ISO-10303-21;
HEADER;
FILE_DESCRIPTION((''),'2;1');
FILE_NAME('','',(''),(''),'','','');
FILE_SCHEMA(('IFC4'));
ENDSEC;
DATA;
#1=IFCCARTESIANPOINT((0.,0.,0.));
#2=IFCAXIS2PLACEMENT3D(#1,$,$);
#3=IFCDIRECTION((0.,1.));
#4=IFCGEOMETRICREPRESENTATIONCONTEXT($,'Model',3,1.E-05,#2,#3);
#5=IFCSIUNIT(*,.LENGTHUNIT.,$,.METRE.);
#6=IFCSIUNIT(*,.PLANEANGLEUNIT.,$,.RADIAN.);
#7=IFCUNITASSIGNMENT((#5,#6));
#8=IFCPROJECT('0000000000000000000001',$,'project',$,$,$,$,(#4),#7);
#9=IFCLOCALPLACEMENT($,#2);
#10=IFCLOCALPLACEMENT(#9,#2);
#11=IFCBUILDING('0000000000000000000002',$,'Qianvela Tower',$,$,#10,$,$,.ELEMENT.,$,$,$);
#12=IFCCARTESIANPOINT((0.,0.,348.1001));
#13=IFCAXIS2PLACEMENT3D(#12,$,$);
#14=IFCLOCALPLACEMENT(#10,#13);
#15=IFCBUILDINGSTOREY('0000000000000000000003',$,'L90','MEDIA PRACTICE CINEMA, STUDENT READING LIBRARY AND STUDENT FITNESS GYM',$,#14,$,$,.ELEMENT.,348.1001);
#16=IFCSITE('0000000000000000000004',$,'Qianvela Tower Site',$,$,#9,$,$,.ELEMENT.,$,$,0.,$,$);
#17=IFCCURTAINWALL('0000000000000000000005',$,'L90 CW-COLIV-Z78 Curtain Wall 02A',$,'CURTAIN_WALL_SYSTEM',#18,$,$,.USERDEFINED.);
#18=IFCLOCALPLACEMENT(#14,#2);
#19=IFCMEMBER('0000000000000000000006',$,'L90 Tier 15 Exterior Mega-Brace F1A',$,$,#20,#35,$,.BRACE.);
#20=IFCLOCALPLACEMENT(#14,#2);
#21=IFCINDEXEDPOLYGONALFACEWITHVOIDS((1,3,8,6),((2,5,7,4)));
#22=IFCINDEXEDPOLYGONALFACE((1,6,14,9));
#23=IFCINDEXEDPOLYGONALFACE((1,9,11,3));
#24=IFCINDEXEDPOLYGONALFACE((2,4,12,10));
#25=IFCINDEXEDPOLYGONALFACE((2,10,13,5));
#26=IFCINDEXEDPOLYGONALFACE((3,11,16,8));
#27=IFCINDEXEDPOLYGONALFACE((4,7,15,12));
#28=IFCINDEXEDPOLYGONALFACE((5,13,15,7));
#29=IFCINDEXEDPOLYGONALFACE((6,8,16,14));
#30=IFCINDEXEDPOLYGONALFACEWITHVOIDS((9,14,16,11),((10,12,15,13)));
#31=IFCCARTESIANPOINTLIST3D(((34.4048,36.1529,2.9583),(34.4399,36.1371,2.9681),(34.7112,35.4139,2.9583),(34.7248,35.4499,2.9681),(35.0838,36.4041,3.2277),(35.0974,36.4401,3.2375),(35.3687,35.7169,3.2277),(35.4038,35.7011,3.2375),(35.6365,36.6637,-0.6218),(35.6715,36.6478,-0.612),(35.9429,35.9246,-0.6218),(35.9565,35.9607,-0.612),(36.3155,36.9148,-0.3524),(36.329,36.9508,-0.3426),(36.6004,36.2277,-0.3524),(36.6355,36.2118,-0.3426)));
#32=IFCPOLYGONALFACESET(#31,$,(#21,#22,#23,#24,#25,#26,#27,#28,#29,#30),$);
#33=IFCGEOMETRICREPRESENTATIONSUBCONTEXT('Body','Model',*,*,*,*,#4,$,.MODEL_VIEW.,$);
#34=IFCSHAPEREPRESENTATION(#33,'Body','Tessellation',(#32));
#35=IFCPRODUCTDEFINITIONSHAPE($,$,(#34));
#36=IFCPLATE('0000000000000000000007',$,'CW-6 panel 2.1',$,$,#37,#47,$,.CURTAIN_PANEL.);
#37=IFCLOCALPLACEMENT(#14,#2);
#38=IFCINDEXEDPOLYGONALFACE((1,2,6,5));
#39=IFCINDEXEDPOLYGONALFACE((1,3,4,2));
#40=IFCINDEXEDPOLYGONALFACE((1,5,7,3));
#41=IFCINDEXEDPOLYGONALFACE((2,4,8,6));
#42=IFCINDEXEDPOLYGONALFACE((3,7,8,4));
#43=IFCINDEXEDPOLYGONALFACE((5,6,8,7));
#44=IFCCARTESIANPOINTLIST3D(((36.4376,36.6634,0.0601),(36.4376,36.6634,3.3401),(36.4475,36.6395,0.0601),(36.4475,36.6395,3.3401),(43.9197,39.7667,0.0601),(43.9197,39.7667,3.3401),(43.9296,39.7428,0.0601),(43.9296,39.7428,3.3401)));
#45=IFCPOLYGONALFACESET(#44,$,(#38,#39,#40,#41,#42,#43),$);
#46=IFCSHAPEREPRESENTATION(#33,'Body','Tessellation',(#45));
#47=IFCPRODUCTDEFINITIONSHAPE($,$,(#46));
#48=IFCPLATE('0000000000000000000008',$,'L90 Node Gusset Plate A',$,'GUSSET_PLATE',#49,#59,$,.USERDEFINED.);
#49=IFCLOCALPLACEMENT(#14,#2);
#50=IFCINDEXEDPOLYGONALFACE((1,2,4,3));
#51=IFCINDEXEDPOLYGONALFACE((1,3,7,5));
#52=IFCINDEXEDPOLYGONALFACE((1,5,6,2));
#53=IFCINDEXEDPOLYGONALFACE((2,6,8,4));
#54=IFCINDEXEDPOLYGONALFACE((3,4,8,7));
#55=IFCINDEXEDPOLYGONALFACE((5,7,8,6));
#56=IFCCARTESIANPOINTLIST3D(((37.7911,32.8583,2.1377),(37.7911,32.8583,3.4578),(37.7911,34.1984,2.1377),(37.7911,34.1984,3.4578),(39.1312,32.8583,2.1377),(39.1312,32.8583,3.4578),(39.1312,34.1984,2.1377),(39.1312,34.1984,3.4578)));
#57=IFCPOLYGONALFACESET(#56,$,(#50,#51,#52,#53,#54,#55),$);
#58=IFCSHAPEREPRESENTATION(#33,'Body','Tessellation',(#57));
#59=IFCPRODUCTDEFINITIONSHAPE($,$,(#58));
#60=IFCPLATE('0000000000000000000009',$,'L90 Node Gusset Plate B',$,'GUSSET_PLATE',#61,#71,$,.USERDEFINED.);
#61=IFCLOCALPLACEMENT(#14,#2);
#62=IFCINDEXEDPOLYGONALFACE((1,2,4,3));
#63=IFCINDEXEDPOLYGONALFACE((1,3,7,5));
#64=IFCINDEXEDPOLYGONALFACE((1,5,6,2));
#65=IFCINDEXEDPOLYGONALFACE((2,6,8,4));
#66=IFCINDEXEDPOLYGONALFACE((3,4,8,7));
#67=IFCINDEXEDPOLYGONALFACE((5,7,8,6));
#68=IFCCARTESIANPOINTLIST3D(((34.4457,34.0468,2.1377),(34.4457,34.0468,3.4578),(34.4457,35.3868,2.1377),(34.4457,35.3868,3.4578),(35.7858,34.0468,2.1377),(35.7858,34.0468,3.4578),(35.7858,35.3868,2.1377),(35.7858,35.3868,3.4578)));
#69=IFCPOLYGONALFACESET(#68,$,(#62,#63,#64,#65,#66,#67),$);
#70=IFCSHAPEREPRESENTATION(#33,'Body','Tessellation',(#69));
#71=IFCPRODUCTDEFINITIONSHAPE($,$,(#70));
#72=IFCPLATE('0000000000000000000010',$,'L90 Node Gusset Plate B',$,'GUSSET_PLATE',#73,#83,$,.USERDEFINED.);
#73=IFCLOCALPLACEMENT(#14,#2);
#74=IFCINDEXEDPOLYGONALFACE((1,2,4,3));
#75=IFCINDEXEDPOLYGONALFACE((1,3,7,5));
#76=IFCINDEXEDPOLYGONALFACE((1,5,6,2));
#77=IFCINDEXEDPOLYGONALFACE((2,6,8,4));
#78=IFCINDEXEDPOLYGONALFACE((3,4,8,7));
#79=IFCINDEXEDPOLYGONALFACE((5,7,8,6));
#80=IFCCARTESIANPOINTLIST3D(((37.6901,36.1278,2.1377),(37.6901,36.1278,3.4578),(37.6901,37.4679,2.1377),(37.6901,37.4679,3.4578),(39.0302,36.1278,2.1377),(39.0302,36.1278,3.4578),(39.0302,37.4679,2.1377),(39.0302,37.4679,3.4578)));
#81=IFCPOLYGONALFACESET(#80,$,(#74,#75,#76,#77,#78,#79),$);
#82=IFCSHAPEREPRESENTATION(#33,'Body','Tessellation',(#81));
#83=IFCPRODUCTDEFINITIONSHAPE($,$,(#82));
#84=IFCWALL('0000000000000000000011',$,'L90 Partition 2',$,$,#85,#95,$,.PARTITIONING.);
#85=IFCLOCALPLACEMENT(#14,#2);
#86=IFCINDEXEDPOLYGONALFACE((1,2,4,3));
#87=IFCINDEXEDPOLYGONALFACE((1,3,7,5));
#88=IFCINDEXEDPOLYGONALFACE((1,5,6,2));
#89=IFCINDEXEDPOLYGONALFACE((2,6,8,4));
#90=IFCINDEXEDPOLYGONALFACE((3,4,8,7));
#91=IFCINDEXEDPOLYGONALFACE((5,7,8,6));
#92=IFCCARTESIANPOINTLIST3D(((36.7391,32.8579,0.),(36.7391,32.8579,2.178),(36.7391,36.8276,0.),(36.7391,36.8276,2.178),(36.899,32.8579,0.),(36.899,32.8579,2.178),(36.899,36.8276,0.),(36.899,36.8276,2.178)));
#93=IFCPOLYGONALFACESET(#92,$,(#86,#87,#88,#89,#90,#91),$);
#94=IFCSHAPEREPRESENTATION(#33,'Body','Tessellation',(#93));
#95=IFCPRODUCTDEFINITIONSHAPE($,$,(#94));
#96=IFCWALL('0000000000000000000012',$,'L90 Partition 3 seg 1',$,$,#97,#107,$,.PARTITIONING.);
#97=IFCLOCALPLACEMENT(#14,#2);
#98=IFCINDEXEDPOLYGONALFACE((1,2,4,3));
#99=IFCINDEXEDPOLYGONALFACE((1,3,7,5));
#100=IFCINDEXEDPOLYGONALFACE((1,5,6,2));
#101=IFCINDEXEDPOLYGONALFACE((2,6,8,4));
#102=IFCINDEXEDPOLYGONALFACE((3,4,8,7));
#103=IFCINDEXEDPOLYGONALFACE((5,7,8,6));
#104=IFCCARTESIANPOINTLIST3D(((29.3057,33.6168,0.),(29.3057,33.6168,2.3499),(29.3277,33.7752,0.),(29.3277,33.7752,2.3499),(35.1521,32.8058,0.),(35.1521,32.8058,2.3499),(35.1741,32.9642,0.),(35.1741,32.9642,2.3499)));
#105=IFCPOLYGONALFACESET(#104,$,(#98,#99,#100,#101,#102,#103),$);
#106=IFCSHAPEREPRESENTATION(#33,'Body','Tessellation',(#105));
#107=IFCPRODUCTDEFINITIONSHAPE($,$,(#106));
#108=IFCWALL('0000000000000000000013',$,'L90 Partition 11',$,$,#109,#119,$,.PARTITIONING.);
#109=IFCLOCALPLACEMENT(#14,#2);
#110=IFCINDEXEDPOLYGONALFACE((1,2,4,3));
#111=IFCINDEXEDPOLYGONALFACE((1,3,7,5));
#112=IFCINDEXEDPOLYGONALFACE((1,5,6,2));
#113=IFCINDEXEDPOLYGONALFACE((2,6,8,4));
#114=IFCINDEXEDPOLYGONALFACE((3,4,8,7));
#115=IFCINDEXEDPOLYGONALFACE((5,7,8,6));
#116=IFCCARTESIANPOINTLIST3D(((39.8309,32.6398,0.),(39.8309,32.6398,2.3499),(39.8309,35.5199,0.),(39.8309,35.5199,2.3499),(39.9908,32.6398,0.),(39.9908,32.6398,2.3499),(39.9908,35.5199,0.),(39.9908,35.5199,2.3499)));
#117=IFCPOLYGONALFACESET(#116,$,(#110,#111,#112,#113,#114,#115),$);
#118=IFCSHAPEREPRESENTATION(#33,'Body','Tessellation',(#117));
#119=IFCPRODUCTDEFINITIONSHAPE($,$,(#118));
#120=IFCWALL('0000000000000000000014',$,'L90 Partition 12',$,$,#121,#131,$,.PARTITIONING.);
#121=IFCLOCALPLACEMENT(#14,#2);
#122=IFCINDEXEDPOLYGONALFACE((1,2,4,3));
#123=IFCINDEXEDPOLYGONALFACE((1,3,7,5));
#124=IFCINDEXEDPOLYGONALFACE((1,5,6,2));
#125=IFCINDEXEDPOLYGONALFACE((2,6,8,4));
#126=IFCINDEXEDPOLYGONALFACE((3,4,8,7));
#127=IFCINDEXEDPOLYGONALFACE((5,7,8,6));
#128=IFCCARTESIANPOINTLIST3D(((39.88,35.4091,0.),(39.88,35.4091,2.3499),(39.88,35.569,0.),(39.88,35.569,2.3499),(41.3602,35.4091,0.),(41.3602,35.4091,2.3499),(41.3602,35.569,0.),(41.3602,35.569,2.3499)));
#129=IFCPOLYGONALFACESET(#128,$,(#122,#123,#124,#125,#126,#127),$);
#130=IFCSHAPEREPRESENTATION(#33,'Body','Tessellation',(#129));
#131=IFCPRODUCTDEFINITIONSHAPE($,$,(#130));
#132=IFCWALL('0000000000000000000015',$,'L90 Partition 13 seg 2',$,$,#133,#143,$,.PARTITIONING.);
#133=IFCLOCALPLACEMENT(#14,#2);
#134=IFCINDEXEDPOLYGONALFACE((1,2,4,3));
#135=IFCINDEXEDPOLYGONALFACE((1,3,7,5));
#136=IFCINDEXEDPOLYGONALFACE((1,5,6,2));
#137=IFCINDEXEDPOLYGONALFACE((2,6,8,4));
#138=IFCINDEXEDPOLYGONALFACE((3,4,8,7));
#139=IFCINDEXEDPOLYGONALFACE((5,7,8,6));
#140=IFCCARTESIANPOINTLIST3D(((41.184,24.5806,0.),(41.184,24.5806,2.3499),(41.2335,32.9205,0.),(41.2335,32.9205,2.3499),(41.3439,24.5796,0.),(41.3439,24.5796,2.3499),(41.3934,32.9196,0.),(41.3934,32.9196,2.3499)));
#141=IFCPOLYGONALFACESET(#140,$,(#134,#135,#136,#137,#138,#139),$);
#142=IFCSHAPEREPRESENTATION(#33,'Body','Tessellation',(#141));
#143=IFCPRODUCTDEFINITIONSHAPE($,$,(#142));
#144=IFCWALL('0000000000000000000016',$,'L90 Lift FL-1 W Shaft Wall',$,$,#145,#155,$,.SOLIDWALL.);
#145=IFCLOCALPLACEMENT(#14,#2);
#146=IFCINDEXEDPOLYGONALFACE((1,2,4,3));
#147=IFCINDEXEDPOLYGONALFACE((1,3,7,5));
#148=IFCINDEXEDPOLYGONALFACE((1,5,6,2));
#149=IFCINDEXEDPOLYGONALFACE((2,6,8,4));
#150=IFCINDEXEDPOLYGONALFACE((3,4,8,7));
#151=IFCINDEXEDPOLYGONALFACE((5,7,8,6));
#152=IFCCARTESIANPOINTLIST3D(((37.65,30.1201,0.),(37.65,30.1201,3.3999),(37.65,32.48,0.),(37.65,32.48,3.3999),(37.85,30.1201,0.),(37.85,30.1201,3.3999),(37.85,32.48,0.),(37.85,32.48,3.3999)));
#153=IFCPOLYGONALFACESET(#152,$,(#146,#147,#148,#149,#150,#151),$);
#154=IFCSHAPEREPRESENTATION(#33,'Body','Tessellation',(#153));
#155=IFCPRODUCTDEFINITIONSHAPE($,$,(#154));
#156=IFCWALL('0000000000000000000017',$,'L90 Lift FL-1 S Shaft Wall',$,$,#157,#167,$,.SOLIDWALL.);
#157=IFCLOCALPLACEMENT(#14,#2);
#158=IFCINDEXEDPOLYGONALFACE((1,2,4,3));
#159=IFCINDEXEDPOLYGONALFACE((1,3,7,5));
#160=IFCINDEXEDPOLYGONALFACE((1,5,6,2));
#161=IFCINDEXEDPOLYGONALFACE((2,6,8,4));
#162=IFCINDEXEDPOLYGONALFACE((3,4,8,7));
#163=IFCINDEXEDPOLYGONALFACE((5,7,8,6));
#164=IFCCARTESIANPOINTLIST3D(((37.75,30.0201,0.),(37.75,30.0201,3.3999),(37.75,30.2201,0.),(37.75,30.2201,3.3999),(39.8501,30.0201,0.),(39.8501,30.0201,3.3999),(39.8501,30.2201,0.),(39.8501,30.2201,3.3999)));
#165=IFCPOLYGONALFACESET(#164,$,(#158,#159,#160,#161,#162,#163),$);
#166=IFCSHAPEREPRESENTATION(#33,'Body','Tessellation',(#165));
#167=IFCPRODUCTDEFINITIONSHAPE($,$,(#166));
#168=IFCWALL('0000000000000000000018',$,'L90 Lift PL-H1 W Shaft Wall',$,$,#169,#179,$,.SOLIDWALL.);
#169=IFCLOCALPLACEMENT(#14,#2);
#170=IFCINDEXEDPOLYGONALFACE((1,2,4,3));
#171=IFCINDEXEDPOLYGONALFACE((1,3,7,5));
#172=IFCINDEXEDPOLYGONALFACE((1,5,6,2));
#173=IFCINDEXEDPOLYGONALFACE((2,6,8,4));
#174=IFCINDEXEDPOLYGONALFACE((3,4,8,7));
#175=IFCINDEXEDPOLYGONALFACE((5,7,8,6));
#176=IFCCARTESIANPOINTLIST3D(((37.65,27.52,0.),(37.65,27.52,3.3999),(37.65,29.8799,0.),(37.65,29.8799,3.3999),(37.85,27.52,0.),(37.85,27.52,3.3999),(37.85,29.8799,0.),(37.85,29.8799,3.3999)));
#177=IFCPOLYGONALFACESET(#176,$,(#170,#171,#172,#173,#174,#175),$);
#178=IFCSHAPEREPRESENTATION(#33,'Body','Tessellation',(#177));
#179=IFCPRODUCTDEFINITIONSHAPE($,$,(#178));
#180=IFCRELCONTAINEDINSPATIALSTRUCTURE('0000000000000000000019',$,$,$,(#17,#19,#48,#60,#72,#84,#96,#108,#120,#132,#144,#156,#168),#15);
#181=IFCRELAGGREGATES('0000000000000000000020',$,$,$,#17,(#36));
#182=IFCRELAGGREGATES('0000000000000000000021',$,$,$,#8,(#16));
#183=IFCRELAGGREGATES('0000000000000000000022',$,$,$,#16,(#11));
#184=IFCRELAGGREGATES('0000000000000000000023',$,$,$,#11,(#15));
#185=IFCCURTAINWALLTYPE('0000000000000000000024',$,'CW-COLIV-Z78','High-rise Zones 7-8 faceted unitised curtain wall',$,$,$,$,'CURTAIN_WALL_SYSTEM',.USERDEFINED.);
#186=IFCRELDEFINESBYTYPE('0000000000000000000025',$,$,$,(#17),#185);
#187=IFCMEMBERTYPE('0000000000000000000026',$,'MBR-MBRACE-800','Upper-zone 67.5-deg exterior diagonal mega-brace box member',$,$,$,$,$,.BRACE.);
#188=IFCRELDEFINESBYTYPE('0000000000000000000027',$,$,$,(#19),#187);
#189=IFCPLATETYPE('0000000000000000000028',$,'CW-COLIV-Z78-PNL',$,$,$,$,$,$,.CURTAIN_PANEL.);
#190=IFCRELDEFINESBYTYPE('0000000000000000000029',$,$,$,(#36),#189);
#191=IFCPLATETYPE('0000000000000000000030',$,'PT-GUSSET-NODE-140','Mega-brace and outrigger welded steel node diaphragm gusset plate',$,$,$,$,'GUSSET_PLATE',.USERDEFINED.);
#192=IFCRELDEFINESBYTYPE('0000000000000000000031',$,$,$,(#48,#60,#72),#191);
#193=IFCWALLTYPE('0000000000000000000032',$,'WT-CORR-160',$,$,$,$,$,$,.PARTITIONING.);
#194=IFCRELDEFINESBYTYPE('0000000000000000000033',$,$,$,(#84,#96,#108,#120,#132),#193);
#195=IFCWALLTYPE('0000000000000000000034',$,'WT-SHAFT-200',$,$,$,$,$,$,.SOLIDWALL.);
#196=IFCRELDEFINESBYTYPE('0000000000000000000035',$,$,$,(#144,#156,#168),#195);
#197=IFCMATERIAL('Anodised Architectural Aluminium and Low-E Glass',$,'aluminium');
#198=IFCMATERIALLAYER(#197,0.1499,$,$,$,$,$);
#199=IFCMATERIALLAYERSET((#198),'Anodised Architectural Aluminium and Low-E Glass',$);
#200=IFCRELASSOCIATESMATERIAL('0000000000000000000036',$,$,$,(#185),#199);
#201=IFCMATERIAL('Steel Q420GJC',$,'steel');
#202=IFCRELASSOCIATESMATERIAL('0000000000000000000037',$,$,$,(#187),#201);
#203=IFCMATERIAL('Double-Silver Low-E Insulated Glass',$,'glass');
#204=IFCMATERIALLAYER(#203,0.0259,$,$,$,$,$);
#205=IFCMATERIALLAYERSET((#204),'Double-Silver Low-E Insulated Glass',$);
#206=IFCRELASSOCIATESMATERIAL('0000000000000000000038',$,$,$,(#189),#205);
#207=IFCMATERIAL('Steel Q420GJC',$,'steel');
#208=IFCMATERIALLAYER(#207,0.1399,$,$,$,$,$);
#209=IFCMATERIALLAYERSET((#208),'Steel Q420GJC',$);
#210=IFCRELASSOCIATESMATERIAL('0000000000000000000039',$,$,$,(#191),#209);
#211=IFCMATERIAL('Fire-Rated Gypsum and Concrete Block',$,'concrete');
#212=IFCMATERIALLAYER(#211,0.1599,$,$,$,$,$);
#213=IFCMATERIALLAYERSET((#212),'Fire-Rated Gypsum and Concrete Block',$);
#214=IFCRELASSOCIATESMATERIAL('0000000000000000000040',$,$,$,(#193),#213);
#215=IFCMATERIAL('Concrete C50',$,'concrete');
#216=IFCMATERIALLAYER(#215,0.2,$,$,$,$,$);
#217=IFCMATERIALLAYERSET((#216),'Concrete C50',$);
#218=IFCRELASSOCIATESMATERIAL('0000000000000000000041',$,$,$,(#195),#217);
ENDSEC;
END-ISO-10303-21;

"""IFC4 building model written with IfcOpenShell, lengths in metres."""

from ifc_helpers import new_model, si_unit, direction, frame, frame_2d, origin, origin_2d, place, context, subcontext, project, spatial, rectangle, hollow_rectangle, extrude, material, layer, layer_set, material_profile, profile_set, type_object, element, aggregate, save


model = new_model("IFC4")

# Units and contexts
model_context = context("Model", 3, precision=1e-05, world=origin(), true_north=direction((0.0, 1.0)))
body_context = subcontext(model_context, "Body", "Model", "MODEL_VIEW")
ifc_project = project(units=[si_unit("LENGTHUNIT", "METRE"), si_unit("PLANEANGLEUNIT", "RADIAN")], contexts=[model_context])

# Site, building, storey
site_placement = place(None, origin())
site = spatial("IfcSite", under=ifc_project, at=site_placement, Name="Qianvela Tower Site", CompositionType="ELEMENT", RefElevation=0.0)
building_placement = place(site_placement, origin())
building = spatial("IfcBuilding", under=site, at=building_placement, Name="Qianvela Tower", CompositionType="ELEMENT")
storey_placement = place(building_placement, frame((0.0, 0.0, 348.1001)))
storey = spatial("IfcBuildingStorey", under=building, at=storey_placement, Name="L90", Description="MEDIA PRACTICE CINEMA, STUDENT READING LIBRARY AND STUDENT FITNESS GYM", CompositionType="ELEMENT", Elevation=348.1001)

# Curtain wall
ifc_material_1 = material(Name="Anodised Architectural Aluminium and Low-E Glass", Category="aluminium")
ifc_layer_1 = layer(ifc_material_1, 0.1499)
ifc_layer_set_1 = layer_set([ifc_layer_1], Name="Anodised Architectural Aluminium and Low-E Glass")
curtain_wall_type_1 = type_object("IfcCurtainWallType", Name="CW-COLIV-Z78", Description="High-rise Zones 7-8 faceted unitised curtain wall", ElementType="CURTAIN_WALL_SYSTEM", PredefinedType="USERDEFINED", material=ifc_layer_set_1)
curtain_wall_1_placement = place(storey_placement, origin())
curtain_wall_1 = element("IfcCurtainWall", 1, at=curtain_wall_1_placement, inside=storey, type_object=curtain_wall_type_1, Name="L90 CW-COLIV-Z78 Curtain Wall 02A", ObjectType="CURTAIN_WALL_SYSTEM", PredefinedType="USERDEFINED")

# Member
ifc_material_2 = material(Name="Steel Q420GJC", Category="steel")
ifc_material_profile_1 = material_profile(ifc_material_2, hollow_rectangle(XDim=0.8, YDim=0.8, WallThickness=0.0281, at=origin_2d()), Name="MBOX-800x800x28")
ifc_profile_set_1 = profile_set([ifc_material_profile_1], Name="Steel Q420GJC")
member_type_1 = type_object("IfcMemberType", Name="MBR-MBRACE-800", Description="Upper-zone 67.5-deg exterior diagonal mega-brace box member", PredefinedType="BRACE", material=ifc_profile_set_1)
member_1_placement = place(storey_placement, frame((36.136, 36.4377, -0.4822), z_axis=(-0.322404, -0.133691, 0.937114), x_axis=(0.383042, -0.923731, 0.0)))
element("IfcMember", 2, at=member_1_placement, inside=storey, type_object=member_type_1, Name="L90 Tier 15 Exterior Mega-Brace F1A", PredefinedType="BRACE", context=body_context, shape_type="SweptSolid", body=[
    extrude(hollow_rectangle(XDim=0.8, YDim=0.8, WallThickness=0.0281, at=origin_2d()), origin(), (0.0, 0.0, 1.0), 3.8203),
])

# Plate
ifc_material_3 = material(Name="Double-Silver Low-E Insulated Glass", Category="glass")
ifc_layer_2 = layer(ifc_material_3, 0.0259)
ifc_layer_set_2 = layer_set([ifc_layer_2], Name="Double-Silver Low-E Insulated Glass")
plate_type_1 = type_object("IfcPlateType", Name="CW-COLIV-Z78-PNL", PredefinedType="CURTAIN_PANEL", material=ifc_layer_set_2)
plate_placement = place(storey_placement, frame((40.1836, 38.2031, 0.0601), z_axis=(0.0, 0.0, 1.0), x_axis=(-0.923701, -0.383114, 0.0)))
plate = element("IfcPlate", 3, at=plate_placement, type_object=plate_type_1, Name="CW-6 panel 2.1", PredefinedType="CURTAIN_PANEL", context=body_context, shape_type="SweptSolid", body=[
    extrude(rectangle(XDim=8.1001, YDim=0.0259, at=origin_2d()), origin(), (0.0, 0.0, 1.0), 3.28),
])
aggregate(curtain_wall_1, [plate])

# Plates
ifc_material_4 = material(Name="Steel Q420GJC", Category="steel")
ifc_layer_3 = layer(ifc_material_4, 0.1399)
ifc_layer_set_3 = layer_set([ifc_layer_3], Name="Steel Q420GJC")
plate_type_2 = type_object("IfcPlateType", Name="PT-GUSSET-NODE-140", Description="Mega-brace and outrigger welded steel node diaphragm gusset plate", ElementType="GUSSET_PLATE", PredefinedType="USERDEFINED", material=ifc_layer_set_3)
for number, where, z_axis, x_axis, name in (
    (4, (38.4612, 33.5283, 2.1377), (0.0, 0.0, 1.0), (1.0, 0.0, 0.0), "L90 Node Gusset Plate A"),
    (5, (35.1157, 34.7168, 2.1377), (0.0, 0.0, 1.0), (1.0, 0.0, 0.0), "L90 Node Gusset Plate B"),
    (6, (38.3601, 36.7979, 2.1377), (0.0, 0.0, 1.0), (1.0, 0.0, 0.0), "L90 Node Gusset Plate B"),
):
    element("IfcPlate", number, at=place(storey_placement, frame(where, z_axis=z_axis, x_axis=x_axis)), inside=storey, type_object=plate_type_2, Name=name, ObjectType="GUSSET_PLATE", PredefinedType="USERDEFINED", context=body_context, shape_type="SweptSolid", body=[
        extrude(rectangle(XDim=1.3401, YDim=1.3401, at=origin_2d()), origin(), (0.0, 0.0, 1.0), 1.3201),
    ])

# Walls
ifc_material_5 = material(Name="Fire-Rated Gypsum and Concrete Block", Category="concrete")
ifc_layer_4 = layer(ifc_material_5, 0.1599)
ifc_layer_set_4 = layer_set([ifc_layer_4], Name="Fire-Rated Gypsum and Concrete Block")
wall_type_1 = type_object("IfcWallType", Name="WT-CORR-160", PredefinedType="PARTITIONING", material=ifc_layer_set_4)
wall_1_placement = place(storey_placement, frame((36.8191, 36.8276, 0.0), z_axis=(0.0, 0.0, 1.0), x_axis=(0.0, -1.0, 0.0)))
element("IfcWall", 7, at=wall_1_placement, inside=storey, type_object=wall_type_1, Name="L90 Partition 2", PredefinedType="PARTITIONING", context=body_context, shape_type="SweptSolid", body=[
    extrude(rectangle(XDim=3.9697, YDim=0.1599, at=frame_2d((1.9849, 0.0))), origin(), (0.0, 0.0, 1.0), 2.178),
])
wall_2_placement = place(storey_placement, frame((35.1631, 32.885, 0.0), z_axis=(0.0, 0.0, 1.0), x_axis=(-0.990515, 0.137407, 0.0)))
element("IfcWall", 8, at=wall_2_placement, inside=storey, type_object=wall_type_1, Name="L90 Partition 3 seg 1", PredefinedType="PARTITIONING", context=body_context, shape_type="SweptSolid", body=[
    extrude(rectangle(XDim=5.9023, YDim=0.1599, at=frame_2d((2.9512, 0.0))), origin(), (0.0, 0.0, 1.0), 2.3499),
])
wall_3_placement = place(storey_placement, frame((39.9109, 32.6399, 0.0), z_axis=(0.0, 0.0, 1.0), x_axis=(0.0, 1.0, 0.0)))
element("IfcWall", 9, at=wall_3_placement, inside=storey, type_object=wall_type_1, Name="L90 Partition 11", PredefinedType="PARTITIONING", context=body_context, shape_type="SweptSolid", body=[
    extrude(rectangle(XDim=2.8801, YDim=0.1599, at=frame_2d((1.4399, 0.0))), origin(), (0.0, 0.0, 1.0), 2.3499),
])
wall_4_placement = place(storey_placement, frame((39.8799, 35.489, 0.0), z_axis=(0.0, 0.0, 1.0), x_axis=(1.0, 0.0, 0.0)))
element("IfcWall", 10, at=wall_4_placement, inside=storey, type_object=wall_type_1, Name="L90 Partition 12", PredefinedType="PARTITIONING", context=body_context, shape_type="SweptSolid", body=[
    extrude(rectangle(XDim=1.4802, YDim=0.1599, at=frame_2d((0.7402, 0.0))), origin(), (0.0, 0.0, 1.0), 2.3499),
])
wall_5_placement = place(storey_placement, frame((41.3135, 32.9199, 0.0), z_axis=(0.0, 0.0, 1.0), x_axis=(-0.005943, -0.999982, 0.0)))
element("IfcWall", 11, at=wall_5_placement, inside=storey, type_object=wall_type_1, Name="L90 Partition 13 seg 2", PredefinedType="PARTITIONING", context=body_context, shape_type="SweptSolid", body=[
    extrude(rectangle(XDim=8.3401, YDim=0.1599, at=frame_2d((4.1699, 0.0))), origin(), (0.0, 0.0, 1.0), 2.3499),
])

# Shared definitions
ifc_material_6 = material(Name="Concrete C50", Category="concrete")
ifc_layer_5 = layer(ifc_material_6, 0.2)
ifc_layer_set_5 = layer_set([ifc_layer_5], Name="Concrete C50")
wall_type_2 = type_object("IfcWallType", Name="WT-SHAFT-200", PredefinedType="SOLIDWALL", material=ifc_layer_set_5)

# Walls
wall_6_placement = place(storey_placement, frame((37.75, 30.1201, 0.0), z_axis=(0.0, 0.0, 1.0), x_axis=(0.0, 1.0, 0.0)))
element("IfcWall", 12, at=wall_6_placement, inside=storey, type_object=wall_type_2, Name="L90 Lift FL-1 W Shaft Wall", PredefinedType="SOLIDWALL", context=body_context, shape_type="SweptSolid", body=[
    extrude(rectangle(XDim=2.3599, YDim=0.2, at=frame_2d((1.1799, 0.0))), origin(), (0.0, 0.0, 1.0), 3.3999),
])
wall_7_placement = place(storey_placement, frame((37.75, 30.1201, 0.0), z_axis=(0.0, 0.0, 1.0), x_axis=(1.0, 0.0, 0.0)))
element("IfcWall", 13, at=wall_7_placement, inside=storey, type_object=wall_type_2, Name="L90 Lift FL-1 S Shaft Wall", PredefinedType="SOLIDWALL", context=body_context, shape_type="SweptSolid", body=[
    extrude(rectangle(XDim=2.1001, YDim=0.2, at=frame_2d((1.05, 0.0))), origin(), (0.0, 0.0, 1.0), 3.3999),
])

# Wall
wall_8_placement = place(storey_placement, frame((37.75, 27.52, 0.0), z_axis=(0.0, 0.0, 1.0), x_axis=(0.0, 1.0, 0.0)))
element("IfcWall", 14, at=wall_8_placement, inside=storey, type_object=wall_type_2, Name="L90 Lift PL-H1 W Shaft Wall", PredefinedType="SOLIDWALL", context=body_context, shape_type="SweptSolid", body=[
    extrude(rectangle(XDim=2.3599, YDim=0.2, at=frame_2d((1.1799, 0.0))), origin(), (0.0, 0.0, 1.0), 3.3999),
])

save(model, "model.ifc")
